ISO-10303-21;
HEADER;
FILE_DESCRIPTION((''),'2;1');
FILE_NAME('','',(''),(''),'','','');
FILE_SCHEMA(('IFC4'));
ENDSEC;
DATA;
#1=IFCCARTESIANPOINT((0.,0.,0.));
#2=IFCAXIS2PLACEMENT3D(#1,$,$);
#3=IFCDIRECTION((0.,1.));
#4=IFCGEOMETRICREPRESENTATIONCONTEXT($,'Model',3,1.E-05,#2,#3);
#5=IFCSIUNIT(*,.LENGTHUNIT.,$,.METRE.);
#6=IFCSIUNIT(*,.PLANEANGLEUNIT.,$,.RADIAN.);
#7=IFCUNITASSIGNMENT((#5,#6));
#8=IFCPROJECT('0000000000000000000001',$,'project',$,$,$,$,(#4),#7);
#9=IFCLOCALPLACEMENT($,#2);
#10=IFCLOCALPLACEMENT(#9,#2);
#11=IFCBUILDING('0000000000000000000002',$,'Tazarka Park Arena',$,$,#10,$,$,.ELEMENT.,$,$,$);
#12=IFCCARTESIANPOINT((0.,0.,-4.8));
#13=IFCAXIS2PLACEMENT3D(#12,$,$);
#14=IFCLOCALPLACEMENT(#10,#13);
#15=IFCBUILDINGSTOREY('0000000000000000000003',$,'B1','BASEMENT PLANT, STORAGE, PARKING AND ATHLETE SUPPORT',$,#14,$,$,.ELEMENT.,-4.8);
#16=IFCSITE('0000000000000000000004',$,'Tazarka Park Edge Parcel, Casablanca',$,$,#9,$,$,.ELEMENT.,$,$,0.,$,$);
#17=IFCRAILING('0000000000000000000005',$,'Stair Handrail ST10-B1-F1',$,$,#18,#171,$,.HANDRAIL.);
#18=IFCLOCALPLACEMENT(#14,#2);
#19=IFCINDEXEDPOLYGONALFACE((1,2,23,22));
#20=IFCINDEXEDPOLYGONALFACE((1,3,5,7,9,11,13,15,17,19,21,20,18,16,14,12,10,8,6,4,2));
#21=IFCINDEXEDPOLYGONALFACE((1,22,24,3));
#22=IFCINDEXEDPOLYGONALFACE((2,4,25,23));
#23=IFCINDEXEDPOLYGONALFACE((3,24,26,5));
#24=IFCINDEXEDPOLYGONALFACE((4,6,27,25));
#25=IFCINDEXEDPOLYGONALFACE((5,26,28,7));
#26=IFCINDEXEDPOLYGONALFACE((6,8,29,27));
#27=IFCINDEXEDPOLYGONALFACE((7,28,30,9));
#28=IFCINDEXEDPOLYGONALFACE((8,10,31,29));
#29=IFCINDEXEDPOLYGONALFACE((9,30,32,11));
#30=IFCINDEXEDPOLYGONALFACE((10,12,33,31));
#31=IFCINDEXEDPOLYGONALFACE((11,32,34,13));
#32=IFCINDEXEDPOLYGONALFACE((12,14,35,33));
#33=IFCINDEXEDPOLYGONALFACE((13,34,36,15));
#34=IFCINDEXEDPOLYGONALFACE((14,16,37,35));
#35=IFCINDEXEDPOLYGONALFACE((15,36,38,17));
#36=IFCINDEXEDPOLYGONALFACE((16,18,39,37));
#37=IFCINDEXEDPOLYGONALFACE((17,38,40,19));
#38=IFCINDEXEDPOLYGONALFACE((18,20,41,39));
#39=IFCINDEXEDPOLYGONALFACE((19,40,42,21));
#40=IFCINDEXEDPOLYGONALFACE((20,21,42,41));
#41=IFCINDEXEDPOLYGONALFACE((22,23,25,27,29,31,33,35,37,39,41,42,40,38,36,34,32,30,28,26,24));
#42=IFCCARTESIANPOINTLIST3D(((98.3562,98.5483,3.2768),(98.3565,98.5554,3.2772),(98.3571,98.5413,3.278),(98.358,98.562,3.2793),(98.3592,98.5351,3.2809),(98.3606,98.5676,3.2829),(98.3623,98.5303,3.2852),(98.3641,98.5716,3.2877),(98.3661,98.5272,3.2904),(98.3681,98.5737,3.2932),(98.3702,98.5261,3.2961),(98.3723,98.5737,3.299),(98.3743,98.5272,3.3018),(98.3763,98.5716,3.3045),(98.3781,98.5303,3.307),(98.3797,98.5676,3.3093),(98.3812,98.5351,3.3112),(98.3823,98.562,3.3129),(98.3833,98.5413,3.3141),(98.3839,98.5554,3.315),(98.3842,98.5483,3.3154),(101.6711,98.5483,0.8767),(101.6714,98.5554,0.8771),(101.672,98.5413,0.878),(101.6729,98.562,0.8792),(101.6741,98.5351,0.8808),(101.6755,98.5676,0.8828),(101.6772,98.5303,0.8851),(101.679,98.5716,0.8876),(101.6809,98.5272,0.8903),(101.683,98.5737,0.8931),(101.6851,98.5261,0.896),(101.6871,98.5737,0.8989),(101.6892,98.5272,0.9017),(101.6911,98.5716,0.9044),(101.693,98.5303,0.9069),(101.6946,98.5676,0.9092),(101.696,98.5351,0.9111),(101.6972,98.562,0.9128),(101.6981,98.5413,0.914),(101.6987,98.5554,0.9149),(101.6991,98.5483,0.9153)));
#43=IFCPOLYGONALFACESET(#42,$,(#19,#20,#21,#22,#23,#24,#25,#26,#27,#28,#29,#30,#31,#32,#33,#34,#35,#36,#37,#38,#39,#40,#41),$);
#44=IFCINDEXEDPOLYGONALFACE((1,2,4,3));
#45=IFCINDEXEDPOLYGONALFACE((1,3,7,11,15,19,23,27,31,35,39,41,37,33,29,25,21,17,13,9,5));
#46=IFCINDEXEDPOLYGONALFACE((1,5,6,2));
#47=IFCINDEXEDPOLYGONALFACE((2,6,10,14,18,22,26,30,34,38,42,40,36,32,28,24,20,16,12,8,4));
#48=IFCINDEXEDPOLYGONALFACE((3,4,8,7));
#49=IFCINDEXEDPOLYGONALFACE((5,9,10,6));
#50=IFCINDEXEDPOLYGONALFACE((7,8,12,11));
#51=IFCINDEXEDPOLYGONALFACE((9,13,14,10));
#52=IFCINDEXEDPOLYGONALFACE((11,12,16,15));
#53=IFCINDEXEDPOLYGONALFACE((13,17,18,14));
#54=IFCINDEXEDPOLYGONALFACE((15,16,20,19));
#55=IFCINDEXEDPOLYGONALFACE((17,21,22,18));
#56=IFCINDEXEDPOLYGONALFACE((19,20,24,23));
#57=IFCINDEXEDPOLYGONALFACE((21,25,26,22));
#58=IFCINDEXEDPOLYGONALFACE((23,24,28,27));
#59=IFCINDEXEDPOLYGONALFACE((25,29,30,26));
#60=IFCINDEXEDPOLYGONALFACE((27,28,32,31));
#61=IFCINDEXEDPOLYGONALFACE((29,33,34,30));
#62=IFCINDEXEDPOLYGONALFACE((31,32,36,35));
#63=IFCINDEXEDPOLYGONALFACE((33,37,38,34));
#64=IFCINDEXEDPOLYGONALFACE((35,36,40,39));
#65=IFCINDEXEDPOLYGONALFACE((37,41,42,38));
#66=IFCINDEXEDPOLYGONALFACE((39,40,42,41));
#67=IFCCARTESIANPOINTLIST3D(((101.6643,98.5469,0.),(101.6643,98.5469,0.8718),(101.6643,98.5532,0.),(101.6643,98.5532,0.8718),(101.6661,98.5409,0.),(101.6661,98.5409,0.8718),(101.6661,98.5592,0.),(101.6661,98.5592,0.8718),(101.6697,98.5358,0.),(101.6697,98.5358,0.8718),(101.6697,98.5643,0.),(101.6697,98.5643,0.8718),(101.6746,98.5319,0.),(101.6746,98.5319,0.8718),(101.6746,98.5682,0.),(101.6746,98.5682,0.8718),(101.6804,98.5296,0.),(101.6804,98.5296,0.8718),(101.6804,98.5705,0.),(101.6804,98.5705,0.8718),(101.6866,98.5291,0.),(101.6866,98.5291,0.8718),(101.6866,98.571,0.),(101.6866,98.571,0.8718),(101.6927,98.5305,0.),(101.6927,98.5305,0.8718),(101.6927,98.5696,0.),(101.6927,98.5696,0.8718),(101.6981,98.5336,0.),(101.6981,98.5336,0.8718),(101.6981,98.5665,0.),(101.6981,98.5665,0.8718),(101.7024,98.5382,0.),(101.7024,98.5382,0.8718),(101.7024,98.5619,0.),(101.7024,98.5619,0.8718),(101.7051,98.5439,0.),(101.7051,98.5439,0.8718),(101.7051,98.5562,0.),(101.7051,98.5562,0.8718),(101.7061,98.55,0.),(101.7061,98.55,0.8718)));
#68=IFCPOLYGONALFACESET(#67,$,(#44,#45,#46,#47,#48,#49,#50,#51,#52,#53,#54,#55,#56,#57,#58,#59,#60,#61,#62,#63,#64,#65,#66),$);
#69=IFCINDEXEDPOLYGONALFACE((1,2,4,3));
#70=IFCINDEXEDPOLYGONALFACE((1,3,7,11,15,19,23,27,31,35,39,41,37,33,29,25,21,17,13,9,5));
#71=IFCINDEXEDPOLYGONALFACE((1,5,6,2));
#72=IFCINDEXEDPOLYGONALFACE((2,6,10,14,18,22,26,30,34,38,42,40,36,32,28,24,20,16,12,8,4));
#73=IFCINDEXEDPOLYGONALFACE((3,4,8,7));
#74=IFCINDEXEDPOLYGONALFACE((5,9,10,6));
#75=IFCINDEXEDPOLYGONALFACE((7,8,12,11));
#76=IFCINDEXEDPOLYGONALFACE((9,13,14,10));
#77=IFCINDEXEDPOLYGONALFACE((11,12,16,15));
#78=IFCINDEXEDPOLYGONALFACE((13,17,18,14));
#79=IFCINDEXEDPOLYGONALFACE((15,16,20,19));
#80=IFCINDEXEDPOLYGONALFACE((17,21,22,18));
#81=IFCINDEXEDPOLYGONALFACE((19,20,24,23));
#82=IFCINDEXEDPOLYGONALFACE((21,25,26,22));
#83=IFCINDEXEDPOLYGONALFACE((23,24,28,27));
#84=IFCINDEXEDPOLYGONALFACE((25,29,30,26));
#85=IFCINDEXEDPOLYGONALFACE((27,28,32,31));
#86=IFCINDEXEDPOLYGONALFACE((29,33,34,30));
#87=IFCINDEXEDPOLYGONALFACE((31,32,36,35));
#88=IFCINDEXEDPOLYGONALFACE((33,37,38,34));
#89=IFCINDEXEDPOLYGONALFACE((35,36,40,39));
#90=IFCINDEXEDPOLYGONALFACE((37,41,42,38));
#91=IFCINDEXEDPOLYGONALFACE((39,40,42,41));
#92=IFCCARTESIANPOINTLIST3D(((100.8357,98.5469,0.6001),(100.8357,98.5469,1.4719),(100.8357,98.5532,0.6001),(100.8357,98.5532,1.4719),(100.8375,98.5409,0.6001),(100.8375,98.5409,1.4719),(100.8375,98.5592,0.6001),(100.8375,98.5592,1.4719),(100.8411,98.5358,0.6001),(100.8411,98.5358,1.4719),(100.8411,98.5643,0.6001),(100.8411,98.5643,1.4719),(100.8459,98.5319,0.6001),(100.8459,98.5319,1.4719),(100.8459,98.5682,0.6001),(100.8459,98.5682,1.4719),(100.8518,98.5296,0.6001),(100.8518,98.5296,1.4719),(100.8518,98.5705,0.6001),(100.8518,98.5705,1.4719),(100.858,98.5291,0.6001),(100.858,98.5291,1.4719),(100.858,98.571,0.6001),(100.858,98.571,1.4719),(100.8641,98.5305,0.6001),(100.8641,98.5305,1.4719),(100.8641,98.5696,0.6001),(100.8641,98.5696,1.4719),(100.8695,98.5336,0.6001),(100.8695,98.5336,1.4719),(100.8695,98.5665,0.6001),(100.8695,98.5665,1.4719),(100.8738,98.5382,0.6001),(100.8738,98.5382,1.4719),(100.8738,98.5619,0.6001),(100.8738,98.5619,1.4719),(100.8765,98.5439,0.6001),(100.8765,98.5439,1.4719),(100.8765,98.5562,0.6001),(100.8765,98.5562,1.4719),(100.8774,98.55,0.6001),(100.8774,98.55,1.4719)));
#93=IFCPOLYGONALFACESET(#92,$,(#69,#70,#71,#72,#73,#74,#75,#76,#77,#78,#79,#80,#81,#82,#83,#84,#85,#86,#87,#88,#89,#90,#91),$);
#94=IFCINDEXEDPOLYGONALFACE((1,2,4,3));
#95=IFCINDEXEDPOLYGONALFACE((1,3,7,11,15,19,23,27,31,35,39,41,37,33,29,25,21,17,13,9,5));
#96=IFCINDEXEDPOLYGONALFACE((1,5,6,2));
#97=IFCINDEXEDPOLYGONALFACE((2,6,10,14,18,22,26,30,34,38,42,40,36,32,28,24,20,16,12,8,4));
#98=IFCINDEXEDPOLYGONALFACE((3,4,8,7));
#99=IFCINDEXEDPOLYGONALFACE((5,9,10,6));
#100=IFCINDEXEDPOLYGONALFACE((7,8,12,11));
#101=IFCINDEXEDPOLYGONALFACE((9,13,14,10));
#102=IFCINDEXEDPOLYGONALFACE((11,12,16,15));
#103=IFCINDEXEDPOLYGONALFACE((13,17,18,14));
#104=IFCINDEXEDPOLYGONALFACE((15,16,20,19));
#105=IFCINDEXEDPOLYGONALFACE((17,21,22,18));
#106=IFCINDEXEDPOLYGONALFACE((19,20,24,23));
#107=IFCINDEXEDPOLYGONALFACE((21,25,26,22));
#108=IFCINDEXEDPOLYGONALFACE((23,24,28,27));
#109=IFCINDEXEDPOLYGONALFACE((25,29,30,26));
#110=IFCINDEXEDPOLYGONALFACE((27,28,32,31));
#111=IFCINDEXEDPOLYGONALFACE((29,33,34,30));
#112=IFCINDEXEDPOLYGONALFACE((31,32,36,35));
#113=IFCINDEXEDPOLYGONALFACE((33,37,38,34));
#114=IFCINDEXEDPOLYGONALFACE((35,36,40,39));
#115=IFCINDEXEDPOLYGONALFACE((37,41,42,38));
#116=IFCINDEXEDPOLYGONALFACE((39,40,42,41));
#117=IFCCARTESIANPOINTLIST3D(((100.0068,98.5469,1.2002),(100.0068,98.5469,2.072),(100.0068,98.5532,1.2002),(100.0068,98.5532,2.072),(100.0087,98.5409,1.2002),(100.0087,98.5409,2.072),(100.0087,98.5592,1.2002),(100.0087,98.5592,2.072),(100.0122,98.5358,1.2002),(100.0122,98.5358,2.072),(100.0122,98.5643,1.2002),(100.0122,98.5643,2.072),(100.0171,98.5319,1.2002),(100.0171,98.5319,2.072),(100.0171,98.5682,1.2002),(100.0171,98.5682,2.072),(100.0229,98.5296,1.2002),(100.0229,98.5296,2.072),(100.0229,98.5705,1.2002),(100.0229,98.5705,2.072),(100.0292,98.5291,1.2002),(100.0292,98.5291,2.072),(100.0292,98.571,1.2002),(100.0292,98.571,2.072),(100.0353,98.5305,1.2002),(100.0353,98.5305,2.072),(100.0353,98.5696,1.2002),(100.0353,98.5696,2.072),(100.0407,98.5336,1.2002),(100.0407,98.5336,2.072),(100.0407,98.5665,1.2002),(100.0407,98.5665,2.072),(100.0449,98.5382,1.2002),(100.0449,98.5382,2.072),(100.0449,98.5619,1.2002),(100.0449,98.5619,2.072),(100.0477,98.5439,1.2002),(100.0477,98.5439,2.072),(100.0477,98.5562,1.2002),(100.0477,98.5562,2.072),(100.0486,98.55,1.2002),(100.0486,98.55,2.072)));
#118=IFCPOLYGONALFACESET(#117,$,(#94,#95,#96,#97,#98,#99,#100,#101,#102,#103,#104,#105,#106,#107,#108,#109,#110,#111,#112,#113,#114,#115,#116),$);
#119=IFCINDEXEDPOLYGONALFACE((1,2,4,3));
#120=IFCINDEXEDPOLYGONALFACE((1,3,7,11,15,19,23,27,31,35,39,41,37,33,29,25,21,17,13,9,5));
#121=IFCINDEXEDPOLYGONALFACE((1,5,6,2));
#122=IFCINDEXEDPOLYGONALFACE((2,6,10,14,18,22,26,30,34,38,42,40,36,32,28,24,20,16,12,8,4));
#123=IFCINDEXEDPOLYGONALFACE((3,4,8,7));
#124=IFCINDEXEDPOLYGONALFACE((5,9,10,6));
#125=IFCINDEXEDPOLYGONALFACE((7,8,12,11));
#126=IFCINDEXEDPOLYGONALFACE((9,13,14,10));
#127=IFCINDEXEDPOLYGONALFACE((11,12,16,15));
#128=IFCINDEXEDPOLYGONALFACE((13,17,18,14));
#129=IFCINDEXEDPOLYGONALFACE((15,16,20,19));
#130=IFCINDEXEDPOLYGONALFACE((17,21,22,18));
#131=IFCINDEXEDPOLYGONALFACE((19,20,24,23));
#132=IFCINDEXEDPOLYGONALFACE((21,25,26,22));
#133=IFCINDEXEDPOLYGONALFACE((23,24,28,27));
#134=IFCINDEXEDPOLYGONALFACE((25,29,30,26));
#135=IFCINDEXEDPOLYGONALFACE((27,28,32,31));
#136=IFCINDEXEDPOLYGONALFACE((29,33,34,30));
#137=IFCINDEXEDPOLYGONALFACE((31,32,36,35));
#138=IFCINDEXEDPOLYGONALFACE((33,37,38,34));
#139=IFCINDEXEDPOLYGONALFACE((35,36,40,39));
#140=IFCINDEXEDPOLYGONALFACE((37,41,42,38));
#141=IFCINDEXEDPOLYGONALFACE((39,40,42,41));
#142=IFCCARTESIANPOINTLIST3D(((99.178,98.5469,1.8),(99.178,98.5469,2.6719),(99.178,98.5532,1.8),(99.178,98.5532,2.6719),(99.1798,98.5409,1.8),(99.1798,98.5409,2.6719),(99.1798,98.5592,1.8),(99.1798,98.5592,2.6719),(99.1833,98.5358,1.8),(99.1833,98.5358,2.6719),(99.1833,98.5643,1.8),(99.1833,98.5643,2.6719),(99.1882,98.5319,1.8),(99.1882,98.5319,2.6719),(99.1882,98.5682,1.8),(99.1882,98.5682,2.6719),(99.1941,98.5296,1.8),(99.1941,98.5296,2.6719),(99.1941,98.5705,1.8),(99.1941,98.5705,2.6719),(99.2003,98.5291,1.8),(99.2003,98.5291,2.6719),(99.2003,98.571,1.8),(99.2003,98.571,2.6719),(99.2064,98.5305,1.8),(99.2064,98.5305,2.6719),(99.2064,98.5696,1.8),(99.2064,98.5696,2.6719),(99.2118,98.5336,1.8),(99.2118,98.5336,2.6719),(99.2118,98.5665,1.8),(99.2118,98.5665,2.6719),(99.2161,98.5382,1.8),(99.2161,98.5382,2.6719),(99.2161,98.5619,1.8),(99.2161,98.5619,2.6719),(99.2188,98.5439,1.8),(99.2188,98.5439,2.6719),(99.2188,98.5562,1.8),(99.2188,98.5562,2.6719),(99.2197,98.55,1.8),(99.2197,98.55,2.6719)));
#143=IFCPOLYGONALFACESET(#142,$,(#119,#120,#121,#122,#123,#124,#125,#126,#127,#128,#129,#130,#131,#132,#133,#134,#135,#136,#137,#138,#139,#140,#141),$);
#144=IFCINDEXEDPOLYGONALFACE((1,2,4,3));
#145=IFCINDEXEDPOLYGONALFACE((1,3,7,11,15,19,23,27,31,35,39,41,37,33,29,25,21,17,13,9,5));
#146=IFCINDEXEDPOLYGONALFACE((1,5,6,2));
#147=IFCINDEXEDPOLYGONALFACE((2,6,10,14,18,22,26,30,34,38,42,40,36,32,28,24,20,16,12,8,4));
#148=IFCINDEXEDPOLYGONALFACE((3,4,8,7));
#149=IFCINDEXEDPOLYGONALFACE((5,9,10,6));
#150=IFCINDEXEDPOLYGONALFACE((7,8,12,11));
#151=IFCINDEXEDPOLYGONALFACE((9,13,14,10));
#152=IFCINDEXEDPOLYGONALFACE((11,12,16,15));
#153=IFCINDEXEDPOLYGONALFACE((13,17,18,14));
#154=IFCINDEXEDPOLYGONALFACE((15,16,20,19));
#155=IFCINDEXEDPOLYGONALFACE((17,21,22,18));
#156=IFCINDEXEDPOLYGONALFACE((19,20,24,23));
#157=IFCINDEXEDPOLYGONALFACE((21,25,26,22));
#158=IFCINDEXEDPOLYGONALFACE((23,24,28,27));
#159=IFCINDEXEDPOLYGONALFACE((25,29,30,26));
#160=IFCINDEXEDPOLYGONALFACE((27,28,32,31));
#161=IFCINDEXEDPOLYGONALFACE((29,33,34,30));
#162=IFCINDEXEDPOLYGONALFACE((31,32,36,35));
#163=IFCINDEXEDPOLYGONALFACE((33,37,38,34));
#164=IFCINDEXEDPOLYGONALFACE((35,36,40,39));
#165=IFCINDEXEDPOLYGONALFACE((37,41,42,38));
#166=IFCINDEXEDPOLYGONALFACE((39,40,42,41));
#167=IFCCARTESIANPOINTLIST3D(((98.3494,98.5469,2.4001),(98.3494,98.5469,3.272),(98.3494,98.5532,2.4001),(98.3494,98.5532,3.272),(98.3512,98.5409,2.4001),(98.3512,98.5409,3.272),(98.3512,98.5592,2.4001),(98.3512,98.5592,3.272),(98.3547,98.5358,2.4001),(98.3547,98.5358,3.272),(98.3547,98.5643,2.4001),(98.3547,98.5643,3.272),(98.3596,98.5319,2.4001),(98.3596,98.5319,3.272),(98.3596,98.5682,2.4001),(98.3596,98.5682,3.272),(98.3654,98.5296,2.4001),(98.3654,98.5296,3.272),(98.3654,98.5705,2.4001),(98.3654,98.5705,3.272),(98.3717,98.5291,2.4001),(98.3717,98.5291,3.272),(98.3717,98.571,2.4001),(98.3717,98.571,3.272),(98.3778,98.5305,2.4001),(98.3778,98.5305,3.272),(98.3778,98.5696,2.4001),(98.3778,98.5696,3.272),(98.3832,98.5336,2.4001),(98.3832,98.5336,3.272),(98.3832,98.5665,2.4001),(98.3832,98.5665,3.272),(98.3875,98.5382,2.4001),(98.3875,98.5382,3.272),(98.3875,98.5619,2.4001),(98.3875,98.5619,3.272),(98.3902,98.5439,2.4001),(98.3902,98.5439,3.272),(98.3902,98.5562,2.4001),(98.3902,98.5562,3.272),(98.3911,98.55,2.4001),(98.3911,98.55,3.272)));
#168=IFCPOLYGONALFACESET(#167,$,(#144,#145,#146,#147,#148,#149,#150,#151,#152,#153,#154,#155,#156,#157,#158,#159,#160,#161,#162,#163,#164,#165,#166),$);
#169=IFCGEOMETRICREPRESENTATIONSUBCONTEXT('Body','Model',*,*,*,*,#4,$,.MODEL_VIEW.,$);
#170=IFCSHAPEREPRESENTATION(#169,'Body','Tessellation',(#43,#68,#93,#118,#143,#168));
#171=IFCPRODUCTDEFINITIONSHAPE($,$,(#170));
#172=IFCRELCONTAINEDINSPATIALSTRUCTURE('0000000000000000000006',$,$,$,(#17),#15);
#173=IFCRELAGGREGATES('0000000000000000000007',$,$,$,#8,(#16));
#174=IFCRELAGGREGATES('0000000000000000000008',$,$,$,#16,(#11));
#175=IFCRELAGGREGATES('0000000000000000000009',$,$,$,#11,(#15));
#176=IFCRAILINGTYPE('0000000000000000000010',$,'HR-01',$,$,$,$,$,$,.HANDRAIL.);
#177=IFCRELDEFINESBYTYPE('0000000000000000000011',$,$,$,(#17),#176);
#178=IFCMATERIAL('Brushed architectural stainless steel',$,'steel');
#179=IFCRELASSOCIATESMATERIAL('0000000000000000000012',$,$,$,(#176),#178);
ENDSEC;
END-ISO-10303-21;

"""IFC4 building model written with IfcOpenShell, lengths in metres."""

from ifc_helpers import new_model, si_unit, direction, frame, origin, origin_2d, place, context, subcontext, project, spatial, circle, extrude, material, type_object, element, save


model = new_model("IFC4")

# Units and contexts
model_context = context("Model", 3, precision=1e-05, world=origin(), true_north=direction((0.0, 1.0)))
body_context = subcontext(model_context, "Body", "Model", "MODEL_VIEW")
ifc_project = project(units=[si_unit("LENGTHUNIT", "METRE"), si_unit("PLANEANGLEUNIT", "RADIAN")], contexts=[model_context])

# Site, building, storey
site_placement = place(None, origin())
site = spatial("IfcSite", under=ifc_project, at=site_placement, Name="Tazarka Park Edge Parcel, Casablanca", CompositionType="ELEMENT", RefElevation=0.0)
building_placement = place(site_placement, origin())
building = spatial("IfcBuilding", under=site, at=building_placement, Name="Tazarka Park Arena", CompositionType="ELEMENT")
storey_placement = place(building_placement, frame((0.0, 0.0, -4.8)))
storey = spatial("IfcBuildingStorey", under=building, at=storey_placement, Name="B1", Description="BASEMENT PLANT, STORAGE, PARKING AND ATHLETE SUPPORT", CompositionType="ELEMENT", Elevation=-4.8)

# Railing
ifc_material_1 = material(Name="Brushed architectural stainless steel", Category="steel")
railing_type_1 = type_object("IfcRailingType", Name="HR-01", PredefinedType="HANDRAIL", material=ifc_material_1)
railing_1_placement = place(storey_placement, frame((101.6851, 98.55, 0.0)))
element("IfcRailing", 1, at=railing_1_placement, inside=storey, type_object=railing_type_1, Name="Stair Handrail ST10-B1-F1", PredefinedType="HANDRAIL", context=body_context, shape_type="SweptSolid", body=[
    extrude(circle(Radius=0.0239, at=origin_2d()), frame((0.0, 0.0, 0.896), z_axis=(-0.80998, 0.0, 0.586457), x_axis=(0.0, -1.0, 0.0)), (0.0, 0.0, 1.0), 4.0925),
    extrude(circle(Radius=0.021, at=origin_2d()), origin(), (0.0, 0.0, 1.0), 0.8718),
    extrude(circle(Radius=0.021, at=origin_2d()), frame((-0.8286, 0.0, 0.6001)), (0.0, 0.0, 1.0), 0.8718),
    extrude(circle(Radius=0.021, at=origin_2d()), frame((-1.6575, 0.0, 1.2002)), (0.0, 0.0, 1.0), 0.8718),
    extrude(circle(Radius=0.021, at=origin_2d()), frame((-2.4863, 0.0, 1.8)), (0.0, 0.0, 1.0), 0.8718),
    extrude(circle(Radius=0.021, at=origin_2d()), frame((-3.3149, 0.0, 2.4001)), (0.0, 0.0, 1.0), 0.8718),
])

save(model, "model.ifc")
